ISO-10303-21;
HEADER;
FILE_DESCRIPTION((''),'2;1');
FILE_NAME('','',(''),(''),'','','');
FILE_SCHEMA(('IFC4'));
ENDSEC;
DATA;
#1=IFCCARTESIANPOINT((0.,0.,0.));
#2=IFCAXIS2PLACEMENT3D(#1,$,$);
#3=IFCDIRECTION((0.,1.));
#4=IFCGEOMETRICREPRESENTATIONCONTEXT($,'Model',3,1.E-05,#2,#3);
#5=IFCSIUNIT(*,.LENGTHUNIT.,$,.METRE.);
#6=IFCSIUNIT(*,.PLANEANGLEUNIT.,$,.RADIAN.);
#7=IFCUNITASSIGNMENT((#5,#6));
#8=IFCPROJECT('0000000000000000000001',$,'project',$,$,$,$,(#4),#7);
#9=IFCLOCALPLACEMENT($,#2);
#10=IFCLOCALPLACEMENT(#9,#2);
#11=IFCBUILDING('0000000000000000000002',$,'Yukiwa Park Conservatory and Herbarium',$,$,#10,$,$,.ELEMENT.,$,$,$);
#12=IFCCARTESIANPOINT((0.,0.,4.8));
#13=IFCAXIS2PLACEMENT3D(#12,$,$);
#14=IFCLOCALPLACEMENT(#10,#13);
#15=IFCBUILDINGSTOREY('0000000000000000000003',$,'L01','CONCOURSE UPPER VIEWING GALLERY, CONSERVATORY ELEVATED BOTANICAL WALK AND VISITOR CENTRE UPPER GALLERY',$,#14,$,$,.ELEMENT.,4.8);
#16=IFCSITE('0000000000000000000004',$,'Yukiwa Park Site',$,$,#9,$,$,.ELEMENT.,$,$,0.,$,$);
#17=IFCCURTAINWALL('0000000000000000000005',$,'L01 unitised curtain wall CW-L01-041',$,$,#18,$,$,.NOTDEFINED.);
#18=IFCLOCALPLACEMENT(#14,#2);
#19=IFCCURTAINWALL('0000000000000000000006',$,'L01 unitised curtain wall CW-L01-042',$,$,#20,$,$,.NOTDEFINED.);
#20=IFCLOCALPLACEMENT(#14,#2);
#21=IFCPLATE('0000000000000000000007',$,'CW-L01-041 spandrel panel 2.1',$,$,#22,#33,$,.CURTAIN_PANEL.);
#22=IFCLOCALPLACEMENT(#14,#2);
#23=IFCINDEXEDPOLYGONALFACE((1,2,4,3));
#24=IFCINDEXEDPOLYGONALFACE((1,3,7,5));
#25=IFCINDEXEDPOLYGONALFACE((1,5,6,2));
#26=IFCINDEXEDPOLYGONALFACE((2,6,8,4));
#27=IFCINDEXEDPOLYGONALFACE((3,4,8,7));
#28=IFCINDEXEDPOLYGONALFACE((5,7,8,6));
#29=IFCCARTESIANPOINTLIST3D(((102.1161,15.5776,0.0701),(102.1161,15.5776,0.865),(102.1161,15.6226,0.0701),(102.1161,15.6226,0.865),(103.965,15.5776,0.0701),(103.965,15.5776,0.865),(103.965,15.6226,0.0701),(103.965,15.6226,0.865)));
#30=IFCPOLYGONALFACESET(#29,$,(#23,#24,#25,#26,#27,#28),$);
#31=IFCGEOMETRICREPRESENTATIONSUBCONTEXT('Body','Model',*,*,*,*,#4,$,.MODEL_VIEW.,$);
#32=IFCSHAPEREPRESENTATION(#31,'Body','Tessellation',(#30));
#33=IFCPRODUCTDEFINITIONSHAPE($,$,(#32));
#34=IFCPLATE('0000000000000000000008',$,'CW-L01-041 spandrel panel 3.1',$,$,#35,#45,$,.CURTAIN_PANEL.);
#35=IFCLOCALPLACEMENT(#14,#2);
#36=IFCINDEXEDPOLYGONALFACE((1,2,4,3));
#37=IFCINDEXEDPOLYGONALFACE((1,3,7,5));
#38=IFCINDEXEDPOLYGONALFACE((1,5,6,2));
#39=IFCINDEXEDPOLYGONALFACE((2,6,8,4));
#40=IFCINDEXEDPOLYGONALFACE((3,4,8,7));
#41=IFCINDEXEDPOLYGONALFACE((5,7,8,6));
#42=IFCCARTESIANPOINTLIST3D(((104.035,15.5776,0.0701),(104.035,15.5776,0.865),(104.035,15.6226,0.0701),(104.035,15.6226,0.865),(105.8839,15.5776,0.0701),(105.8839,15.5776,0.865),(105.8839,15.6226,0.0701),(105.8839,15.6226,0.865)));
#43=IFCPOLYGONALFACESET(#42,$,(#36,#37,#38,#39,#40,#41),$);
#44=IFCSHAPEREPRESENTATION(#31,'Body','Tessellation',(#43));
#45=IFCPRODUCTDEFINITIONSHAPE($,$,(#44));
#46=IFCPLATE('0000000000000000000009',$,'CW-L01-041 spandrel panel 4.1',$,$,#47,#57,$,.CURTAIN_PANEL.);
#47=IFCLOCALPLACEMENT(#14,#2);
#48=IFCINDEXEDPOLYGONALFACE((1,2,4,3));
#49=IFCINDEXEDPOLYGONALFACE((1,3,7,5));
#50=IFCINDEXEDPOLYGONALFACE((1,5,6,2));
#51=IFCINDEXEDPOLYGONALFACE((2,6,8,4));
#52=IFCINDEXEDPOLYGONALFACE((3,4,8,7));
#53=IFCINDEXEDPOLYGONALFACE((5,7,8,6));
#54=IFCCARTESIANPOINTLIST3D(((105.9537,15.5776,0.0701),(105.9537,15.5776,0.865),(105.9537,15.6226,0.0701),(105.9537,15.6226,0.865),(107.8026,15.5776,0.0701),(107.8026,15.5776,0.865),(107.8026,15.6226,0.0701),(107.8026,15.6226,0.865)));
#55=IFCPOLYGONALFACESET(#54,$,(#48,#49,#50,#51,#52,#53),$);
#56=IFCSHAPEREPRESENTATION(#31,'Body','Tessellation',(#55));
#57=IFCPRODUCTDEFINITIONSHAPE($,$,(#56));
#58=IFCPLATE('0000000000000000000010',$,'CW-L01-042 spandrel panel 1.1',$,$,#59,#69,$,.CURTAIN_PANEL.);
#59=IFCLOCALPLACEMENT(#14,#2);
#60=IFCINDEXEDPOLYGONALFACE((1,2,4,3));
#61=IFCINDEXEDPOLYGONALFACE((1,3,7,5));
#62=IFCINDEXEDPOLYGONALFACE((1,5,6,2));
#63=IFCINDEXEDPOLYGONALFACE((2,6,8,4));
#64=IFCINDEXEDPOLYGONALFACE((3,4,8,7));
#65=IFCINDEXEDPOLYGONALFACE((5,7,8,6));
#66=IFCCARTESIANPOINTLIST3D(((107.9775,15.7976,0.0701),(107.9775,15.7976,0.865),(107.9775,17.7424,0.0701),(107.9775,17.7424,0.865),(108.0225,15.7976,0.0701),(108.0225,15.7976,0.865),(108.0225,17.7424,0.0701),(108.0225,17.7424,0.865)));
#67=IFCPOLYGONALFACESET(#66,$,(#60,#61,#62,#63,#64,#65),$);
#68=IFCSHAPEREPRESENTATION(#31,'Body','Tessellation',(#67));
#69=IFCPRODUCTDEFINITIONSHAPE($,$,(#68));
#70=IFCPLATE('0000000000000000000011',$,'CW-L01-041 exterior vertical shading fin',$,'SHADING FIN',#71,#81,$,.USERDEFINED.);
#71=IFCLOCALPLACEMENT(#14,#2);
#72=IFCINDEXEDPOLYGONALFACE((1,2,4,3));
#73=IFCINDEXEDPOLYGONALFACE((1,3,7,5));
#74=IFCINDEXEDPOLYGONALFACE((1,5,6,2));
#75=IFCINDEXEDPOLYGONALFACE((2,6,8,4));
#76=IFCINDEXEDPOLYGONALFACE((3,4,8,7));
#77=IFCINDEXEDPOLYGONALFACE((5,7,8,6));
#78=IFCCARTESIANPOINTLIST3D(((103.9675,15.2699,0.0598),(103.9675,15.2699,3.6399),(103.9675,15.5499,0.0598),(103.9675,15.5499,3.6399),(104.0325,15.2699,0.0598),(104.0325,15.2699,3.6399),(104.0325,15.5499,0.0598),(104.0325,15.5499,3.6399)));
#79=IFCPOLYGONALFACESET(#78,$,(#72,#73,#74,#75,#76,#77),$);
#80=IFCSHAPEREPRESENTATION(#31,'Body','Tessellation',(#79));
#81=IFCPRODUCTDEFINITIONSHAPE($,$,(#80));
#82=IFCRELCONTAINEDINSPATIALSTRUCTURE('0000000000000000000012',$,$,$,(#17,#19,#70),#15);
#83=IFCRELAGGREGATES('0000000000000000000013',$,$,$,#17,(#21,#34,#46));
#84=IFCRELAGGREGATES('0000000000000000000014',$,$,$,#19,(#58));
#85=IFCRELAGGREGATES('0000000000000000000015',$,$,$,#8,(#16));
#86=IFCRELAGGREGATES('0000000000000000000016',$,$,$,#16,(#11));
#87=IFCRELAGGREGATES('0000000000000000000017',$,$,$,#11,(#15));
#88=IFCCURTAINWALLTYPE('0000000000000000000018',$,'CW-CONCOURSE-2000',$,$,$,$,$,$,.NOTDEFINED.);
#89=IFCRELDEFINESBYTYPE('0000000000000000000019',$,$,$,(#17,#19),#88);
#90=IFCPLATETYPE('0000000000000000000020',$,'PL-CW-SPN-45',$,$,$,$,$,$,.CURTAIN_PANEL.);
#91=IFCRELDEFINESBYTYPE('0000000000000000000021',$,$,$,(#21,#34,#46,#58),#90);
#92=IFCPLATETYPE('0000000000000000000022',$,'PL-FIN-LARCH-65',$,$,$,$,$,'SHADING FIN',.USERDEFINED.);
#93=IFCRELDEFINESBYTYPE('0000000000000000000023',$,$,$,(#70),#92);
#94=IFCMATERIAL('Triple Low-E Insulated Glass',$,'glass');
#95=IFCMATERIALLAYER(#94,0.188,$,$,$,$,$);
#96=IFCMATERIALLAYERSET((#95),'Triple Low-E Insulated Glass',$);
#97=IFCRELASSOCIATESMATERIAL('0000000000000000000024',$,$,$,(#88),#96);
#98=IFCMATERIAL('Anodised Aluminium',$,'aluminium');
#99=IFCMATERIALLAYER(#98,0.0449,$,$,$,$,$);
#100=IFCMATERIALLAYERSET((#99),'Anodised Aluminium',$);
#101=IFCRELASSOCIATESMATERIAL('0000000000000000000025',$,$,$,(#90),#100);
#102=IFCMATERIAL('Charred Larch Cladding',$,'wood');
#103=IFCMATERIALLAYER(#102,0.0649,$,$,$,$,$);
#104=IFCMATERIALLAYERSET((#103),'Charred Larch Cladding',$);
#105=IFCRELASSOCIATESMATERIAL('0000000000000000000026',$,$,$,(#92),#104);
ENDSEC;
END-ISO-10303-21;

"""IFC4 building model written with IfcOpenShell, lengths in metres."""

from ifc_helpers import new_model, si_unit, direction, frame, origin, origin_2d, place, context, subcontext, project, spatial, rectangle, extrude, material, layer, layer_set, type_object, element, aggregate, save


model = new_model("IFC4")

# Units and contexts
model_context = context("Model", 3, precision=1e-05, world=origin(), true_north=direction((0.0, 1.0)))
body_context = subcontext(model_context, "Body", "Model", "MODEL_VIEW")
ifc_project = project(units=[si_unit("LENGTHUNIT", "METRE"), si_unit("PLANEANGLEUNIT", "RADIAN")], contexts=[model_context])

# Site, building, storey
site_placement = place(None, origin())
site = spatial("IfcSite", under=ifc_project, at=site_placement, Name="Yukiwa Park Site", CompositionType="ELEMENT", RefElevation=0.0)
building_placement = place(site_placement, origin())
building = spatial("IfcBuilding", under=site, at=building_placement, Name="Yukiwa Park Conservatory and Herbarium", CompositionType="ELEMENT")
storey_placement = place(building_placement, frame((0.0, 0.0, 4.8)))
storey = spatial("IfcBuildingStorey", under=building, at=storey_placement, Name="L01", Description="CONCOURSE UPPER VIEWING GALLERY, CONSERVATORY ELEVATED BOTANICAL WALK AND VISITOR CENTRE UPPER GALLERY", CompositionType="ELEMENT", Elevation=4.8)

# Curtain walls
ifc_material_1 = material(Name="Triple Low-E Insulated Glass", Category="glass")
ifc_layer_1 = layer(ifc_material_1, 0.188)
ifc_layer_set_1 = layer_set([ifc_layer_1], Name="Triple Low-E Insulated Glass")
curtain_wall_type = type_object("IfcCurtainWallType", Name="CW-CONCOURSE-2000", PredefinedType="NOTDEFINED", material=ifc_layer_set_1)
curtain_wall_1_placement = place(storey_placement, origin())
curtain_wall_1 = element("IfcCurtainWall", 1, at=curtain_wall_1_placement, inside=storey, type_object=curtain_wall_type, Name="L01 unitised curtain wall CW-L01-041", PredefinedType="NOTDEFINED")
curtain_wall_2_placement = place(storey_placement, origin())
curtain_wall_2 = element("IfcCurtainWall", 2, at=curtain_wall_2_placement, inside=storey, type_object=curtain_wall_type, Name="L01 unitised curtain wall CW-L01-042", PredefinedType="NOTDEFINED")

# Plates
ifc_material_2 = material(Name="Anodised Aluminium", Category="aluminium")
ifc_layer_2 = layer(ifc_material_2, 0.0449)
ifc_layer_set_2 = layer_set([ifc_layer_2], Name="Anodised Aluminium")
plate_type_1 = type_object("IfcPlateType", Name="PL-CW-SPN-45", PredefinedType="CURTAIN_PANEL", material=ifc_layer_set_2)
plate_1_placement = place(storey_placement, frame((103.0405, 15.6001, 0.0701), z_axis=(0.0, 0.0, 1.0), x_axis=(1.0, 0.0, 0.0)))
plate_1 = element("IfcPlate", 3, at=plate_1_placement, type_object=plate_type_1, Name="CW-L01-041 spandrel panel 2.1", PredefinedType="CURTAIN_PANEL", context=body_context, shape_type="SweptSolid", body=[
    extrude(rectangle(XDim=1.8489, YDim=0.0449, at=origin_2d()), origin(), (0.0, 0.0, 1.0), 0.7949),
])
plate_2_placement = place(storey_placement, frame((104.9595, 15.6001, 0.0701), z_axis=(0.0, 0.0, 1.0), x_axis=(1.0, 0.0, 0.0)))
plate_2 = element("IfcPlate", 4, at=plate_2_placement, type_object=plate_type_1, Name="CW-L01-041 spandrel panel 3.1", PredefinedType="CURTAIN_PANEL", context=body_context, shape_type="SweptSolid", body=[
    extrude(rectangle(XDim=1.8489, YDim=0.0449, at=origin_2d()), origin(), (0.0, 0.0, 1.0), 0.7949),
])
plate_3_placement = place(storey_placement, frame((106.8782, 15.6001, 0.0701), z_axis=(0.0, 0.0, 1.0), x_axis=(1.0, 0.0, 0.0)))
plate_3 = element("IfcPlate", 5, at=plate_3_placement, type_object=plate_type_1, Name="CW-L01-041 spandrel panel 4.1", PredefinedType="CURTAIN_PANEL", context=body_context, shape_type="SweptSolid", body=[
    extrude(rectangle(XDim=1.8489, YDim=0.0449, at=origin_2d()), origin(), (0.0, 0.0, 1.0), 0.7949),
])
aggregate(curtain_wall_1, [plate_1, plate_2, plate_3])
plate_4_placement = place(storey_placement, frame((108.0, 16.77, 0.0701), z_axis=(0.0, 0.0, 1.0), x_axis=(0.0, 1.0, 0.0)))
plate_4 = element("IfcPlate", 6, at=plate_4_placement, type_object=plate_type_1, Name="CW-L01-042 spandrel panel 1.1", PredefinedType="CURTAIN_PANEL", context=body_context, shape_type="SweptSolid", body=[
    extrude(rectangle(XDim=1.9448, YDim=0.0449, at=origin_2d()), origin(), (0.0, 0.0, 1.0), 0.7949),
])
aggregate(curtain_wall_2, [plate_4])
ifc_material_3 = material(Name="Charred Larch Cladding", Category="wood")
ifc_layer_3 = layer(ifc_material_3, 0.0649)
ifc_layer_set_3 = layer_set([ifc_layer_3], Name="Charred Larch Cladding")
plate_type_2 = type_object("IfcPlateType", Name="PL-FIN-LARCH-65", ElementType="SHADING FIN", PredefinedType="USERDEFINED", material=ifc_layer_set_3)
plate_5_placement = place(storey_placement, frame((104.0, 15.4099, 0.0598), z_axis=(0.0, 0.0, 1.0), x_axis=(1.0, 0.0, 0.0)))
element("IfcPlate", 7, at=plate_5_placement, inside=storey, type_object=plate_type_2, Name="CW-L01-041 exterior vertical shading fin", ObjectType="SHADING FIN", PredefinedType="USERDEFINED", context=body_context, shape_type="SweptSolid", body=[
    extrude(rectangle(XDim=0.0649, YDim=0.28, at=origin_2d()), origin(), (0.0, 0.0, 1.0), 3.5801),
])

save(model, "model.ifc")
